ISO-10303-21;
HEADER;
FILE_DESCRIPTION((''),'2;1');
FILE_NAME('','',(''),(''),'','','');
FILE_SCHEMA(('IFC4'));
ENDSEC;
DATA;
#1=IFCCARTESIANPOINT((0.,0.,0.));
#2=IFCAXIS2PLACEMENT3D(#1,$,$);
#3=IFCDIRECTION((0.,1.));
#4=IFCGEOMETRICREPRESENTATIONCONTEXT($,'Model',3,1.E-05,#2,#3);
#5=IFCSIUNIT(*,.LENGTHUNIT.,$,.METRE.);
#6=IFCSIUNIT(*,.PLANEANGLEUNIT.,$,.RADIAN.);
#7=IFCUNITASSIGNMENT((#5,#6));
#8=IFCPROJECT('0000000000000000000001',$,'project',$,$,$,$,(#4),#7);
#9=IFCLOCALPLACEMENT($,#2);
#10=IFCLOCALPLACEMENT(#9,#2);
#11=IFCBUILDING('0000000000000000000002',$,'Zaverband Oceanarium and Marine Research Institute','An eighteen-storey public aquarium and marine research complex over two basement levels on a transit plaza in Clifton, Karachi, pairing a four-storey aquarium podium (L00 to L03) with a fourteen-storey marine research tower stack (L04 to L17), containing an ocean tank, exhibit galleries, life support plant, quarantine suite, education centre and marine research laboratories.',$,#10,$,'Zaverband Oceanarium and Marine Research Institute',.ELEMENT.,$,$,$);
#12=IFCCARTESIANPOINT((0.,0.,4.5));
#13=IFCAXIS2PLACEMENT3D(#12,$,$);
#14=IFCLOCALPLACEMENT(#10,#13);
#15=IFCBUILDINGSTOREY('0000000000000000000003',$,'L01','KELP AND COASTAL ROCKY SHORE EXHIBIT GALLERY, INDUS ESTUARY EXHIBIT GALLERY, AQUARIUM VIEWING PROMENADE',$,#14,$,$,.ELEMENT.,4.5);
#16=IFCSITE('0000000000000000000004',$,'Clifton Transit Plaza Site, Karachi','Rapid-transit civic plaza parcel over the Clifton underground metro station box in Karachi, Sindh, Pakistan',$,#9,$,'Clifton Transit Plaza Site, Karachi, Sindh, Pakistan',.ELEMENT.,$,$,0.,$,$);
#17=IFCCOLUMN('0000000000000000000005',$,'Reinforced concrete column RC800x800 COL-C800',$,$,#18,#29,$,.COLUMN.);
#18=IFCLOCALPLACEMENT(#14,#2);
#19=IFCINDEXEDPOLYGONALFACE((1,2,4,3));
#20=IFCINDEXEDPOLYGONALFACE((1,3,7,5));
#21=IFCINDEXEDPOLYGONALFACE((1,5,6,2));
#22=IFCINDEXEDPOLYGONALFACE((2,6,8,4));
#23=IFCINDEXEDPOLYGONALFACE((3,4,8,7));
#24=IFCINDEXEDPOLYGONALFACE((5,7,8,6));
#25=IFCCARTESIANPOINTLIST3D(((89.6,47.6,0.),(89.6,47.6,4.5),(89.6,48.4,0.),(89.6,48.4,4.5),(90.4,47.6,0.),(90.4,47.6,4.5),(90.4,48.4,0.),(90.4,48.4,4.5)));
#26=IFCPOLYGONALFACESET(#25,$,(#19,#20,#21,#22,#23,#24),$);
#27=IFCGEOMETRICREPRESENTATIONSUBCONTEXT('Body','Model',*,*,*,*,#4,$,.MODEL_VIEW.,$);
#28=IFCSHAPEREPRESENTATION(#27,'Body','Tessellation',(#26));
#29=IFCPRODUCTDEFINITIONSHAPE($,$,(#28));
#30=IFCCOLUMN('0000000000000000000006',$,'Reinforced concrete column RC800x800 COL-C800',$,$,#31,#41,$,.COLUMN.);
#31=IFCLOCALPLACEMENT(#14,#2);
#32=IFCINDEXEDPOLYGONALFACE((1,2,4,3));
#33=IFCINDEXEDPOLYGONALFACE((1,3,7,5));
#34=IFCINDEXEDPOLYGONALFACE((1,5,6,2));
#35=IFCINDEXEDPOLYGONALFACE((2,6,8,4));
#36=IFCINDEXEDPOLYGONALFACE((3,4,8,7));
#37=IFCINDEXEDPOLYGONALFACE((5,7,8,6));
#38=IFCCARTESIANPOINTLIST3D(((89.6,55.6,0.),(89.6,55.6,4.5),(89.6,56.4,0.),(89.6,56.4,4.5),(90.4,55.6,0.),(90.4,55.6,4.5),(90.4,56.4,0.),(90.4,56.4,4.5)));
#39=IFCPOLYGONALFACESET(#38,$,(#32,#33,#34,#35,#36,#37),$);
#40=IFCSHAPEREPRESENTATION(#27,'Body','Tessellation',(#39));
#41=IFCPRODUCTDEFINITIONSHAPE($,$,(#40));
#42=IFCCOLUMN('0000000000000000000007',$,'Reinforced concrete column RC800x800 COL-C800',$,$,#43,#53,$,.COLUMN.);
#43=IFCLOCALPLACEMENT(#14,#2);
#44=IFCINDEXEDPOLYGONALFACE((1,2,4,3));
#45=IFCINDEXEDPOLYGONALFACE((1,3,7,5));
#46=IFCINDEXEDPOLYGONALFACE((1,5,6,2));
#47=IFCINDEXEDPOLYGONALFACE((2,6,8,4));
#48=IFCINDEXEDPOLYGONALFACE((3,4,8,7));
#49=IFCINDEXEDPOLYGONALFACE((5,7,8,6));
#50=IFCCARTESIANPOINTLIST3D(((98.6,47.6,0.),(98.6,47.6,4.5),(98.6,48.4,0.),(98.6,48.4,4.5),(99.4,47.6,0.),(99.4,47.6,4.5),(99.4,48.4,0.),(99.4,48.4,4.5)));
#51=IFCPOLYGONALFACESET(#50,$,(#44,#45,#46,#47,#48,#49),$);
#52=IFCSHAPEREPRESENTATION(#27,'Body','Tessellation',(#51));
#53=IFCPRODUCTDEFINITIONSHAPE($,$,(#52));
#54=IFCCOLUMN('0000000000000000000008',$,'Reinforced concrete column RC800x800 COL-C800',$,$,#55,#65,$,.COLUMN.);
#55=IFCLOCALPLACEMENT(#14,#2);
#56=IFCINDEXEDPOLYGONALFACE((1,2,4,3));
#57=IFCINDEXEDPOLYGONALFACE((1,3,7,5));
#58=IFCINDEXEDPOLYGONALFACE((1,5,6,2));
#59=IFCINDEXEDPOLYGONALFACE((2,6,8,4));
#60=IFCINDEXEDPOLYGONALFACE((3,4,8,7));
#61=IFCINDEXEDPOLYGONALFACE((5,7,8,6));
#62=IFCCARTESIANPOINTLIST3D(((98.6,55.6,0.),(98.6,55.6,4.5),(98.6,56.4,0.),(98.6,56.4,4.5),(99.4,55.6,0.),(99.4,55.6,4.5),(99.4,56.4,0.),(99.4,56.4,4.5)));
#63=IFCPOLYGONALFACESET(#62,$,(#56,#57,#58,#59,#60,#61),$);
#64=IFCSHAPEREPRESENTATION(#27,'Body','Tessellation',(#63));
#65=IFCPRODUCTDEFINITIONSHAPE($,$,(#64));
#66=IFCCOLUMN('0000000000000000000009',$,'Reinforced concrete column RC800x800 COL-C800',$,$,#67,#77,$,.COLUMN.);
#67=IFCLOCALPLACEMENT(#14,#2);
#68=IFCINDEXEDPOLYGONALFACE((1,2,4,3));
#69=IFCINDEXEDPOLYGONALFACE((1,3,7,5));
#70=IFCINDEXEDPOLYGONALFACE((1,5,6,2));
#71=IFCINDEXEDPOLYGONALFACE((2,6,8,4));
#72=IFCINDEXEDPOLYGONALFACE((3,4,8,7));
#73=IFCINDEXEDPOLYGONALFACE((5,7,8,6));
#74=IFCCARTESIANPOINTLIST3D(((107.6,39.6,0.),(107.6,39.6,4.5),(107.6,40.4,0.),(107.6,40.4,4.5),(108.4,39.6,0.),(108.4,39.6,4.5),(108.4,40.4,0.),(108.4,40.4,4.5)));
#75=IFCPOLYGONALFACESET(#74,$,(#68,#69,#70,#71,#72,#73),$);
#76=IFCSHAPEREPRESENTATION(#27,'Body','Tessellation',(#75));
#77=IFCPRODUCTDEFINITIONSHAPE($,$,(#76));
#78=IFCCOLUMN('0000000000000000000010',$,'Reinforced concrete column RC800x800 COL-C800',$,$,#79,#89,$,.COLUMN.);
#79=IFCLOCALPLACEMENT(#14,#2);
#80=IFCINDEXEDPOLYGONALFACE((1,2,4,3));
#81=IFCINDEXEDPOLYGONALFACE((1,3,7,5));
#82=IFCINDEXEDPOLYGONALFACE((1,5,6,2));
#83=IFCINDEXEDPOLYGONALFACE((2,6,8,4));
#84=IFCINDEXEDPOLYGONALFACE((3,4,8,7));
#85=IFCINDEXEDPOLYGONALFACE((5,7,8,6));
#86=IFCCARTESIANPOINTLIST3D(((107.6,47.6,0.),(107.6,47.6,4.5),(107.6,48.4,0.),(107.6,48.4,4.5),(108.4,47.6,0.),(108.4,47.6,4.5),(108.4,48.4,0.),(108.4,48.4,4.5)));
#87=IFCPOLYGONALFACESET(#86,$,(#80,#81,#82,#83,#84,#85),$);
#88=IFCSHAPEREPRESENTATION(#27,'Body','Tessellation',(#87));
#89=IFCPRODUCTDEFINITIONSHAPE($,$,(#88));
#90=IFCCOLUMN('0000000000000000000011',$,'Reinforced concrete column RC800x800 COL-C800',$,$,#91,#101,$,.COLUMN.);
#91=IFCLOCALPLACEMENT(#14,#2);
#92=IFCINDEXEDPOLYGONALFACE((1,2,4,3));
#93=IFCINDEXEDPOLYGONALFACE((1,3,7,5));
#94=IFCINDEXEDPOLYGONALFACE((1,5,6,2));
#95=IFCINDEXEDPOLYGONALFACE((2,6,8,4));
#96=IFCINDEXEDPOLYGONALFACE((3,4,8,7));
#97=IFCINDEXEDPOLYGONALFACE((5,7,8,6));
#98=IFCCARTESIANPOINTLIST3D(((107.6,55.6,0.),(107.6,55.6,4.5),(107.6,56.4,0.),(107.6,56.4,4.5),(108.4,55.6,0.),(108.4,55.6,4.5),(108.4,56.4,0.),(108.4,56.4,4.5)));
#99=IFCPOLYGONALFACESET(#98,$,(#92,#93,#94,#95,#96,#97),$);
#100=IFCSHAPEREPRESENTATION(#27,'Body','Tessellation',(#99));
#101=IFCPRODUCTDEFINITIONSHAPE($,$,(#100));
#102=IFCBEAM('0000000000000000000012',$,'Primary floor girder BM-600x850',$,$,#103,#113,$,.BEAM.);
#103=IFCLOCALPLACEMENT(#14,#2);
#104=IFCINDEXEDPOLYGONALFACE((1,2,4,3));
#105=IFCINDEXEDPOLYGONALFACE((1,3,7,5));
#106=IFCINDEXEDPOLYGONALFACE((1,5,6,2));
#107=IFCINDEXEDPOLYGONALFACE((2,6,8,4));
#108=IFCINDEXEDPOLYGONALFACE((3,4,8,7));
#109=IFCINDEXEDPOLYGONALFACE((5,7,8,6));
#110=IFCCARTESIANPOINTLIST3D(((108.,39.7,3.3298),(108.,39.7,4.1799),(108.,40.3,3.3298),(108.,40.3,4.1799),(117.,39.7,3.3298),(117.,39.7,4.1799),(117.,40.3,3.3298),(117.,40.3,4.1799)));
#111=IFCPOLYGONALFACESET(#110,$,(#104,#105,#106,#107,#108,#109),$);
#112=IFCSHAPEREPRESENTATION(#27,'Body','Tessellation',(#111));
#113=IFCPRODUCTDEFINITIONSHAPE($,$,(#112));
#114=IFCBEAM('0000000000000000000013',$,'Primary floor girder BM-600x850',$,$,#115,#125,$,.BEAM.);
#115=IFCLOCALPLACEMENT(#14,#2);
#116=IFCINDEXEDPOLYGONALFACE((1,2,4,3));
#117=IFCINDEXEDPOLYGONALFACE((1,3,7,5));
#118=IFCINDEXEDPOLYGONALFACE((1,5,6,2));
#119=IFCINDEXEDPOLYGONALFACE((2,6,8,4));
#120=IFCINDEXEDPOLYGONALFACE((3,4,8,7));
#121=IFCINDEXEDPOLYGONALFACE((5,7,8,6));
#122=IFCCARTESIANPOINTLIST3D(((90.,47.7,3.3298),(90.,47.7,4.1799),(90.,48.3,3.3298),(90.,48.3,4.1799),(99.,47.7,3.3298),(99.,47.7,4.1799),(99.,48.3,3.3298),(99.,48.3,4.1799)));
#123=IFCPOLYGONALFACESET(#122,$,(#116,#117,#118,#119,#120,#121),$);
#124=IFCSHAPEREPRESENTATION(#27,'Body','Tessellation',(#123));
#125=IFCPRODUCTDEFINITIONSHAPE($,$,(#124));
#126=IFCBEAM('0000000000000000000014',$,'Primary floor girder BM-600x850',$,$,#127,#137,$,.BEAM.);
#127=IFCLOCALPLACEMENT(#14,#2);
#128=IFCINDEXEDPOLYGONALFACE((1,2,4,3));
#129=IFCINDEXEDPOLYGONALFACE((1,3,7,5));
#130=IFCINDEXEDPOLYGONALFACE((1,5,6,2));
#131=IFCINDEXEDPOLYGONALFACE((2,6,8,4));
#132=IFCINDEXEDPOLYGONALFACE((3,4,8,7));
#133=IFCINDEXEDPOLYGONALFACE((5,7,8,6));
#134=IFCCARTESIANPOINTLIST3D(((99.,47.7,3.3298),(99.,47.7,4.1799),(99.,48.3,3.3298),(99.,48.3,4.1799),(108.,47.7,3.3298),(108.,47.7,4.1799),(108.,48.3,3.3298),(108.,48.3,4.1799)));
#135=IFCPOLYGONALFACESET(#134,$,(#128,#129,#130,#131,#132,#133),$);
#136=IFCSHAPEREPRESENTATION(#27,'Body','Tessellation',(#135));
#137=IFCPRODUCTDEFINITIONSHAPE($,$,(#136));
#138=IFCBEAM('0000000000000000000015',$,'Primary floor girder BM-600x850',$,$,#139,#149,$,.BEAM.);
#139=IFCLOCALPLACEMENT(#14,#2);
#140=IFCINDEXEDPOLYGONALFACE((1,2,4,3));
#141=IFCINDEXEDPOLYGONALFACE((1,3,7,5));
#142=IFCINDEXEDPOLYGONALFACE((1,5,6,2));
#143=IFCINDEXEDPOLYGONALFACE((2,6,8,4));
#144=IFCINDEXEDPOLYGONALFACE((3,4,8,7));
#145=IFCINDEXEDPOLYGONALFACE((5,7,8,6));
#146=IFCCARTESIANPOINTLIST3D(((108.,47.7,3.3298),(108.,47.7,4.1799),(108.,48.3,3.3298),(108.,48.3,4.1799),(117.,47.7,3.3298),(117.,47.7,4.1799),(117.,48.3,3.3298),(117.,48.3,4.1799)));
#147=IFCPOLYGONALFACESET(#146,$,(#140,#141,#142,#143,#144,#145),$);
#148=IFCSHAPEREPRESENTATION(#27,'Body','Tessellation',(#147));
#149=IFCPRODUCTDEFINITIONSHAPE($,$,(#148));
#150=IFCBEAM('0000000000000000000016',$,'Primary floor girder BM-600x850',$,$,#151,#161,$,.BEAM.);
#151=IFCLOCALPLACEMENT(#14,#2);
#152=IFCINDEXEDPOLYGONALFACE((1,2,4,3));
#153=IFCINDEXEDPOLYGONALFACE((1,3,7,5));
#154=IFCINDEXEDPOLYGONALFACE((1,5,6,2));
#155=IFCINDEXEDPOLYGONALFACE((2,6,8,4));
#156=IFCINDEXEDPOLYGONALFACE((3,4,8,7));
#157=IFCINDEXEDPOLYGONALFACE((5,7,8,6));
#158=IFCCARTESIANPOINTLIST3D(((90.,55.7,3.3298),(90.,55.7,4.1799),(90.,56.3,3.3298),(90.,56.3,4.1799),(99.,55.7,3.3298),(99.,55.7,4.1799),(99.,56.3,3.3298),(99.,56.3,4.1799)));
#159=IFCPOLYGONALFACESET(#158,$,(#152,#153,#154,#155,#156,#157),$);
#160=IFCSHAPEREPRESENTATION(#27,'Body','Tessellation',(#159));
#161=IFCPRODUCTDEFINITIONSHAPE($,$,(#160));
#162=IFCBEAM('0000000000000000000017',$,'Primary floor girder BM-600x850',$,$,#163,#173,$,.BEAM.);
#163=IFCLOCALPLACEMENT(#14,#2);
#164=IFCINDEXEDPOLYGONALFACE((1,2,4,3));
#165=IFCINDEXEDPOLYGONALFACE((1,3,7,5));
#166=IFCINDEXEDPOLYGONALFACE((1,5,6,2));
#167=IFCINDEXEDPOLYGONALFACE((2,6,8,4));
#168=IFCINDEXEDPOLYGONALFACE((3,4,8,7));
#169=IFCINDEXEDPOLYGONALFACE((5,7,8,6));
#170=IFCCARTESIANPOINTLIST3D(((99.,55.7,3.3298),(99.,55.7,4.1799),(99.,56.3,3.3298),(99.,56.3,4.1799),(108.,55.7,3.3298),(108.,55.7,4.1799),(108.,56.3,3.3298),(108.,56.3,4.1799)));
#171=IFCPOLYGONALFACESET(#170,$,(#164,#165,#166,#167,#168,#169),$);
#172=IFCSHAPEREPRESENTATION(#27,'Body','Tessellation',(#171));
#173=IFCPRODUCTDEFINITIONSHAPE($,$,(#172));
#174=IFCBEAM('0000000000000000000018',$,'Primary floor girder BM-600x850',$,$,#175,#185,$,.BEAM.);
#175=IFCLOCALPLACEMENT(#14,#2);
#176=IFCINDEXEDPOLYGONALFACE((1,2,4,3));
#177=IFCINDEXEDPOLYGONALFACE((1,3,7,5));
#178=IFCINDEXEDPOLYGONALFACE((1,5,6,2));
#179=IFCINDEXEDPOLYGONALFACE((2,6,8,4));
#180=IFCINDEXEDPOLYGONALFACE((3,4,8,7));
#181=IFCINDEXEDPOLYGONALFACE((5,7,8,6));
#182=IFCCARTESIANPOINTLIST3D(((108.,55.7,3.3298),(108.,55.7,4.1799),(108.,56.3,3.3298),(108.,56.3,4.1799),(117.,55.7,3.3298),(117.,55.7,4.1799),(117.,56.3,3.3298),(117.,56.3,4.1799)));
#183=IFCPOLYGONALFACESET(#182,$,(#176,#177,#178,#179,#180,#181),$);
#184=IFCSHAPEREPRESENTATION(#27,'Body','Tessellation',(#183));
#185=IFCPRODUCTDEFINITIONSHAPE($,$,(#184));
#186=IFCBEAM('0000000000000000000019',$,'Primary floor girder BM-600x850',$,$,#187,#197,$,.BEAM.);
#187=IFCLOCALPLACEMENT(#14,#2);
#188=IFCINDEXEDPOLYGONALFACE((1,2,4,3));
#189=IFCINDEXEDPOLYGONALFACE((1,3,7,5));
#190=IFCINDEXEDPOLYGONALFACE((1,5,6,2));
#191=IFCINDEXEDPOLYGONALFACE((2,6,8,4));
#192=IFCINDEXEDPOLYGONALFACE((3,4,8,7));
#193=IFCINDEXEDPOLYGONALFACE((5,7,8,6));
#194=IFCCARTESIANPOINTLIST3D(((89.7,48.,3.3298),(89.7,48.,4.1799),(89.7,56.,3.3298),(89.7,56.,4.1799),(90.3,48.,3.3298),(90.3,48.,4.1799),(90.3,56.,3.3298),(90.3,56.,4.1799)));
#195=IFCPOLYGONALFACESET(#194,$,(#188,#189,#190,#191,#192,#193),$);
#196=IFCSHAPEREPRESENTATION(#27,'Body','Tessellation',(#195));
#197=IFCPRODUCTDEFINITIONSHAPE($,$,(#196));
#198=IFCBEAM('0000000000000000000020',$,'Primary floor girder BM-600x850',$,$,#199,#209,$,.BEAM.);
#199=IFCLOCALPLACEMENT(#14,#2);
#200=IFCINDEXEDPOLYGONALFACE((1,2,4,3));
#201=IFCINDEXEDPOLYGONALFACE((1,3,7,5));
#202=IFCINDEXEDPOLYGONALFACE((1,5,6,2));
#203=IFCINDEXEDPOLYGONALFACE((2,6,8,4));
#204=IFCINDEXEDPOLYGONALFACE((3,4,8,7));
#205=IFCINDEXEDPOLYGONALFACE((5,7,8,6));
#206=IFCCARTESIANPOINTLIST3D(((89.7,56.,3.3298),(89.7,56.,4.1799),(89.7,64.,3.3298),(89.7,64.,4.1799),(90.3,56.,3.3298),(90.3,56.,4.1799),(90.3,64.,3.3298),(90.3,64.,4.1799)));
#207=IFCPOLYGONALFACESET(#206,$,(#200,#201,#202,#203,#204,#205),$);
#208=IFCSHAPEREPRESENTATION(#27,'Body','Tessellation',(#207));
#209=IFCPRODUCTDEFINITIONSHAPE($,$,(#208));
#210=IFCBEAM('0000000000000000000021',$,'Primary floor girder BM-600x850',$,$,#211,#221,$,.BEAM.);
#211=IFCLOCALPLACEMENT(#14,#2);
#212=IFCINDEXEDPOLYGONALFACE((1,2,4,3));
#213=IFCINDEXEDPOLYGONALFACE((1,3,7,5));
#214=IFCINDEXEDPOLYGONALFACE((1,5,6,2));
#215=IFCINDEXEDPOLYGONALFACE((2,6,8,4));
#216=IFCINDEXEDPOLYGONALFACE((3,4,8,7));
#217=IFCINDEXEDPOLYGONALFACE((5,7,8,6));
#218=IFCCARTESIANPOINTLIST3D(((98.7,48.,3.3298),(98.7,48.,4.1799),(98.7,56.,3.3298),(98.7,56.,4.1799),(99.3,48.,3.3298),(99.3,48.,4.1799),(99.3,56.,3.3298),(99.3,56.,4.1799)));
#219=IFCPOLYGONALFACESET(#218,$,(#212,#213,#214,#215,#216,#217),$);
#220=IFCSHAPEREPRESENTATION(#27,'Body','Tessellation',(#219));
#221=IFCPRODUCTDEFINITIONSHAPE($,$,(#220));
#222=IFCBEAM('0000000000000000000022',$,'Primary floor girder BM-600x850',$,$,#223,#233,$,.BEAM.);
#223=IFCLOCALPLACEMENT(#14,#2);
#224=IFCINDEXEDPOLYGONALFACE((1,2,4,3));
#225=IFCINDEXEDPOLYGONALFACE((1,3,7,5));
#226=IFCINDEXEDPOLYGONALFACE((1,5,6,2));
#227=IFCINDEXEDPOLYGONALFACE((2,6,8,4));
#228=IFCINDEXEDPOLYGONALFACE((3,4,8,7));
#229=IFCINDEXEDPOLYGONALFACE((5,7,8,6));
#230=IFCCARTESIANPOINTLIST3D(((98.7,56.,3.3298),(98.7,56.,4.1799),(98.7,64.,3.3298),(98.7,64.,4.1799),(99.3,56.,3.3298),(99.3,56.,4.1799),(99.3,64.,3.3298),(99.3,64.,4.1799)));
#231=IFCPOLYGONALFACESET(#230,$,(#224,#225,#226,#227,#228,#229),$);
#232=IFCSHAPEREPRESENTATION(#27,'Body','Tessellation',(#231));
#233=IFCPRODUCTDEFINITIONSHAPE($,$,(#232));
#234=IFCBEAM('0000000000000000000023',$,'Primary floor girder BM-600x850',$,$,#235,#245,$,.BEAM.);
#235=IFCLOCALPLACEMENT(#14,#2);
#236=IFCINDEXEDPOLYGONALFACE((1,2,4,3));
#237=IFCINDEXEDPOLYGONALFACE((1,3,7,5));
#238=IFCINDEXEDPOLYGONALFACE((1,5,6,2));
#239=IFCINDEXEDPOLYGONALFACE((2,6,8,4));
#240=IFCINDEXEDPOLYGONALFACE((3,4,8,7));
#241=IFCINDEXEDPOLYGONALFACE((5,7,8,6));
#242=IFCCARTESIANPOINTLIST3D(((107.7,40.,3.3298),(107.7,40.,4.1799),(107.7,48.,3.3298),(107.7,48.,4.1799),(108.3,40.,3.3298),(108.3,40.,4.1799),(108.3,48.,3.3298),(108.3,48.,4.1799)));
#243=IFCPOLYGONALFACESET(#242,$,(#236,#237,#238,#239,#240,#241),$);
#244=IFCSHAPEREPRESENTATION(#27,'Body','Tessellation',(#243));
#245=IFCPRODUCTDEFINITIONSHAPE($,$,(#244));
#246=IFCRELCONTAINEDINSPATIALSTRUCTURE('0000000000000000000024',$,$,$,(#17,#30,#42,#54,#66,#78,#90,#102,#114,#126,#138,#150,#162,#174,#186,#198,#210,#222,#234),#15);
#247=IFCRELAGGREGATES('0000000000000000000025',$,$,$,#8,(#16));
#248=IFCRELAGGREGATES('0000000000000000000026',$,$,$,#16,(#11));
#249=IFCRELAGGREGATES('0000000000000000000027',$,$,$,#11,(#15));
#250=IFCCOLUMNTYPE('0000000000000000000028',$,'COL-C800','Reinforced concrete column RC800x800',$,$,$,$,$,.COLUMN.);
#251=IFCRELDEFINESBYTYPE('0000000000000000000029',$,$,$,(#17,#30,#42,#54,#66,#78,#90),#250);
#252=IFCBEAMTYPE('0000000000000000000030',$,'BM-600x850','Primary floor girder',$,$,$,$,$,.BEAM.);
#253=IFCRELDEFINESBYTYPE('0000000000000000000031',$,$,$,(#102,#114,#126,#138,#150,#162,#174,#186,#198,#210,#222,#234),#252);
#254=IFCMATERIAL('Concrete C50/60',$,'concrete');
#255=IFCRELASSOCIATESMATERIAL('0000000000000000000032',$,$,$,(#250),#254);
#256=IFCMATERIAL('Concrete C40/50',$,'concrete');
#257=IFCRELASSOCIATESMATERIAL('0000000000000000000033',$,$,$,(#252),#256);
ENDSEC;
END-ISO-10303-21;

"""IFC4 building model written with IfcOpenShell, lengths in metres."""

from ifc_helpers import new_model, si_unit, direction, frame, origin, origin_2d, place, context, subcontext, project, spatial, rectangle, extrude, material, material_profile, profile_set, type_object, element, save


model = new_model("IFC4")

# Units and contexts
model_context = context("Model", 3, precision=1e-05, world=origin(), true_north=direction((0.0, 1.0)))
body_context = subcontext(model_context, "Body", "Model", "MODEL_VIEW")
ifc_project = project(units=[si_unit("LENGTHUNIT", "METRE"), si_unit("PLANEANGLEUNIT", "RADIAN")], contexts=[model_context])

# Site, building, storey
site_placement = place(None, origin())
site = spatial("IfcSite", under=ifc_project, at=site_placement, Name="Clifton Transit Plaza Site, Karachi", Description="Rapid-transit civic plaza parcel over the Clifton underground metro station box in Karachi, Sindh, Pakistan", LongName="Clifton Transit Plaza Site, Karachi, Sindh, Pakistan", CompositionType="ELEMENT", RefElevation=0.0)
building_placement = place(site_placement, origin())
building = spatial("IfcBuilding", under=site, at=building_placement, Name="Zaverband Oceanarium and Marine Research Institute", Description="An eighteen-storey public aquarium and marine research complex over two basement levels on a transit plaza in Clifton, Karachi, pairing a four-storey aquarium podium (L00 to L03) with a fourteen-storey marine research tower stack (L04 to L17), containing an ocean tank, exhibit galleries, life support plant, quarantine suite, education centre and marine research laboratories.", LongName="Zaverband Oceanarium and Marine Research Institute", CompositionType="ELEMENT")
storey_placement = place(building_placement, frame((0.0, 0.0, 4.5)))
storey = spatial("IfcBuildingStorey", under=building, at=storey_placement, Name="L01", Description="KELP AND COASTAL ROCKY SHORE EXHIBIT GALLERY, INDUS ESTUARY EXHIBIT GALLERY, AQUARIUM VIEWING PROMENADE", CompositionType="ELEMENT", Elevation=4.5)

# Columns
ifc_material_1 = material(Name="Concrete C50/60", Category="concrete")
ifc_material_profile_1 = material_profile(ifc_material_1, rectangle(XDim=0.8, YDim=0.8, at=origin_2d()), Name="RC800x800")
ifc_profile_set_1 = profile_set([ifc_material_profile_1], Name="Concrete C50/60")
column_type = type_object("IfcColumnType", Name="COL-C800", Description="Reinforced concrete column RC800x800", PredefinedType="COLUMN", material=ifc_profile_set_1)
for number, where, z_axis, x_axis, name in (
    (1, (90.0, 48.0, 0.0), (0.0, 0.0, 1.0), (1.0, 0.0, 0.0), "Reinforced concrete column RC800x800 COL-C800"),
    (2, (90.0, 56.0, 0.0), (0.0, 0.0, 1.0), (1.0, 0.0, 0.0), "Reinforced concrete column RC800x800 COL-C800"),
    (3, (99.0, 48.0, 0.0), (0.0, 0.0, 1.0), (1.0, 0.0, 0.0), "Reinforced concrete column RC800x800 COL-C800"),
    (4, (99.0, 56.0, 0.0), (0.0, 0.0, 1.0), (1.0, 0.0, 0.0), "Reinforced concrete column RC800x800 COL-C800"),
    (5, (108.0, 40.0, 0.0), (0.0, 0.0, 1.0), (1.0, 0.0, 0.0), "Reinforced concrete column RC800x800 COL-C800"),
    (6, (108.0, 48.0, 0.0), (0.0, 0.0, 1.0), (1.0, 0.0, 0.0), "Reinforced concrete column RC800x800 COL-C800"),
    (7, (108.0, 56.0, 0.0), (0.0, 0.0, 1.0), (1.0, 0.0, 0.0), "Reinforced concrete column RC800x800 COL-C800"),
):
    element("IfcColumn", number, at=place(storey_placement, frame(where, z_axis=z_axis, x_axis=x_axis)), inside=storey, type_object=column_type, Name=name, PredefinedType="COLUMN", context=body_context, shape_type="SweptSolid", body=[
        extrude(rectangle(XDim=0.8, YDim=0.8, at=origin_2d()), origin(), (0.0, 0.0, 1.0), 4.5),
    ])

# Beams
ifc_material_2 = material(Name="Concrete C40/50", Category="concrete")
ifc_material_profile_2 = material_profile(ifc_material_2, rectangle(XDim=0.6001, YDim=0.8501, at=origin_2d()), Name="RC600x850")
ifc_profile_set_2 = profile_set([ifc_material_profile_2], Name="Concrete C40/50")
beam_type_1 = type_object("IfcBeamType", Name="BM-600x850", Description="Primary floor girder", PredefinedType="BEAM", material=ifc_profile_set_2)
for number, where, z_axis, x_axis, name in (
    (8, (108.0, 40.0, 3.7549), (1.0, 0.0, 0.0), (0.0, 1.0, 0.0), "Primary floor girder BM-600x850"),
    (9, (90.0, 48.0, 3.7549), (1.0, 0.0, 0.0), (0.0, 1.0, 0.0), "Primary floor girder BM-600x850"),
    (10, (99.0, 48.0, 3.7549), (1.0, 0.0, 0.0), (0.0, 1.0, 0.0), "Primary floor girder BM-600x850"),
    (11, (108.0, 48.0, 3.7549), (1.0, 0.0, 0.0), (0.0, 1.0, 0.0), "Primary floor girder BM-600x850"),
    (12, (90.0, 56.0, 3.7549), (1.0, 0.0, 0.0), (0.0, 1.0, 0.0), "Primary floor girder BM-600x850"),
    (13, (99.0, 56.0, 3.7549), (1.0, 0.0, 0.0), (0.0, 1.0, 0.0), "Primary floor girder BM-600x850"),
    (14, (108.0, 56.0, 3.7549), (1.0, 0.0, 0.0), (0.0, 1.0, 0.0), "Primary floor girder BM-600x850"),
):
    element("IfcBeam", number, at=place(storey_placement, frame(where, z_axis=z_axis, x_axis=x_axis)), inside=storey, type_object=beam_type_1, Name=name, PredefinedType="BEAM", context=body_context, shape_type="SweptSolid", body=[
        extrude(rectangle(XDim=0.6001, YDim=0.8501, at=origin_2d()), origin(), (0.0, 0.0, 1.0), 9.0),
    ])
for number, where, z_axis, x_axis, name in (
    (15, (90.0, 48.0, 3.7549), (0.0, 1.0, 0.0), (-1.0, 0.0, 0.0), "Primary floor girder BM-600x850"),
    (16, (90.0, 56.0, 3.7549), (0.0, 1.0, 0.0), (-1.0, 0.0, 0.0), "Primary floor girder BM-600x850"),
    (17, (99.0, 48.0, 3.7549), (0.0, 1.0, 0.0), (-1.0, 0.0, 0.0), "Primary floor girder BM-600x850"),
    (18, (99.0, 56.0, 3.7549), (0.0, 1.0, 0.0), (-1.0, 0.0, 0.0), "Primary floor girder BM-600x850"),
    (19, (108.0, 40.0, 3.7549), (0.0, 1.0, 0.0), (-1.0, 0.0, 0.0), "Primary floor girder BM-600x850"),
):
    element("IfcBeam", number, at=place(storey_placement, frame(where, z_axis=z_axis, x_axis=x_axis)), inside=storey, type_object=beam_type_1, Name=name, PredefinedType="BEAM", context=body_context, shape_type="SweptSolid", body=[
        extrude(rectangle(XDim=0.6001, YDim=0.8501, at=origin_2d()), origin(), (0.0, 0.0, 1.0), 8.0),
    ])

save(model, "model.ifc")
